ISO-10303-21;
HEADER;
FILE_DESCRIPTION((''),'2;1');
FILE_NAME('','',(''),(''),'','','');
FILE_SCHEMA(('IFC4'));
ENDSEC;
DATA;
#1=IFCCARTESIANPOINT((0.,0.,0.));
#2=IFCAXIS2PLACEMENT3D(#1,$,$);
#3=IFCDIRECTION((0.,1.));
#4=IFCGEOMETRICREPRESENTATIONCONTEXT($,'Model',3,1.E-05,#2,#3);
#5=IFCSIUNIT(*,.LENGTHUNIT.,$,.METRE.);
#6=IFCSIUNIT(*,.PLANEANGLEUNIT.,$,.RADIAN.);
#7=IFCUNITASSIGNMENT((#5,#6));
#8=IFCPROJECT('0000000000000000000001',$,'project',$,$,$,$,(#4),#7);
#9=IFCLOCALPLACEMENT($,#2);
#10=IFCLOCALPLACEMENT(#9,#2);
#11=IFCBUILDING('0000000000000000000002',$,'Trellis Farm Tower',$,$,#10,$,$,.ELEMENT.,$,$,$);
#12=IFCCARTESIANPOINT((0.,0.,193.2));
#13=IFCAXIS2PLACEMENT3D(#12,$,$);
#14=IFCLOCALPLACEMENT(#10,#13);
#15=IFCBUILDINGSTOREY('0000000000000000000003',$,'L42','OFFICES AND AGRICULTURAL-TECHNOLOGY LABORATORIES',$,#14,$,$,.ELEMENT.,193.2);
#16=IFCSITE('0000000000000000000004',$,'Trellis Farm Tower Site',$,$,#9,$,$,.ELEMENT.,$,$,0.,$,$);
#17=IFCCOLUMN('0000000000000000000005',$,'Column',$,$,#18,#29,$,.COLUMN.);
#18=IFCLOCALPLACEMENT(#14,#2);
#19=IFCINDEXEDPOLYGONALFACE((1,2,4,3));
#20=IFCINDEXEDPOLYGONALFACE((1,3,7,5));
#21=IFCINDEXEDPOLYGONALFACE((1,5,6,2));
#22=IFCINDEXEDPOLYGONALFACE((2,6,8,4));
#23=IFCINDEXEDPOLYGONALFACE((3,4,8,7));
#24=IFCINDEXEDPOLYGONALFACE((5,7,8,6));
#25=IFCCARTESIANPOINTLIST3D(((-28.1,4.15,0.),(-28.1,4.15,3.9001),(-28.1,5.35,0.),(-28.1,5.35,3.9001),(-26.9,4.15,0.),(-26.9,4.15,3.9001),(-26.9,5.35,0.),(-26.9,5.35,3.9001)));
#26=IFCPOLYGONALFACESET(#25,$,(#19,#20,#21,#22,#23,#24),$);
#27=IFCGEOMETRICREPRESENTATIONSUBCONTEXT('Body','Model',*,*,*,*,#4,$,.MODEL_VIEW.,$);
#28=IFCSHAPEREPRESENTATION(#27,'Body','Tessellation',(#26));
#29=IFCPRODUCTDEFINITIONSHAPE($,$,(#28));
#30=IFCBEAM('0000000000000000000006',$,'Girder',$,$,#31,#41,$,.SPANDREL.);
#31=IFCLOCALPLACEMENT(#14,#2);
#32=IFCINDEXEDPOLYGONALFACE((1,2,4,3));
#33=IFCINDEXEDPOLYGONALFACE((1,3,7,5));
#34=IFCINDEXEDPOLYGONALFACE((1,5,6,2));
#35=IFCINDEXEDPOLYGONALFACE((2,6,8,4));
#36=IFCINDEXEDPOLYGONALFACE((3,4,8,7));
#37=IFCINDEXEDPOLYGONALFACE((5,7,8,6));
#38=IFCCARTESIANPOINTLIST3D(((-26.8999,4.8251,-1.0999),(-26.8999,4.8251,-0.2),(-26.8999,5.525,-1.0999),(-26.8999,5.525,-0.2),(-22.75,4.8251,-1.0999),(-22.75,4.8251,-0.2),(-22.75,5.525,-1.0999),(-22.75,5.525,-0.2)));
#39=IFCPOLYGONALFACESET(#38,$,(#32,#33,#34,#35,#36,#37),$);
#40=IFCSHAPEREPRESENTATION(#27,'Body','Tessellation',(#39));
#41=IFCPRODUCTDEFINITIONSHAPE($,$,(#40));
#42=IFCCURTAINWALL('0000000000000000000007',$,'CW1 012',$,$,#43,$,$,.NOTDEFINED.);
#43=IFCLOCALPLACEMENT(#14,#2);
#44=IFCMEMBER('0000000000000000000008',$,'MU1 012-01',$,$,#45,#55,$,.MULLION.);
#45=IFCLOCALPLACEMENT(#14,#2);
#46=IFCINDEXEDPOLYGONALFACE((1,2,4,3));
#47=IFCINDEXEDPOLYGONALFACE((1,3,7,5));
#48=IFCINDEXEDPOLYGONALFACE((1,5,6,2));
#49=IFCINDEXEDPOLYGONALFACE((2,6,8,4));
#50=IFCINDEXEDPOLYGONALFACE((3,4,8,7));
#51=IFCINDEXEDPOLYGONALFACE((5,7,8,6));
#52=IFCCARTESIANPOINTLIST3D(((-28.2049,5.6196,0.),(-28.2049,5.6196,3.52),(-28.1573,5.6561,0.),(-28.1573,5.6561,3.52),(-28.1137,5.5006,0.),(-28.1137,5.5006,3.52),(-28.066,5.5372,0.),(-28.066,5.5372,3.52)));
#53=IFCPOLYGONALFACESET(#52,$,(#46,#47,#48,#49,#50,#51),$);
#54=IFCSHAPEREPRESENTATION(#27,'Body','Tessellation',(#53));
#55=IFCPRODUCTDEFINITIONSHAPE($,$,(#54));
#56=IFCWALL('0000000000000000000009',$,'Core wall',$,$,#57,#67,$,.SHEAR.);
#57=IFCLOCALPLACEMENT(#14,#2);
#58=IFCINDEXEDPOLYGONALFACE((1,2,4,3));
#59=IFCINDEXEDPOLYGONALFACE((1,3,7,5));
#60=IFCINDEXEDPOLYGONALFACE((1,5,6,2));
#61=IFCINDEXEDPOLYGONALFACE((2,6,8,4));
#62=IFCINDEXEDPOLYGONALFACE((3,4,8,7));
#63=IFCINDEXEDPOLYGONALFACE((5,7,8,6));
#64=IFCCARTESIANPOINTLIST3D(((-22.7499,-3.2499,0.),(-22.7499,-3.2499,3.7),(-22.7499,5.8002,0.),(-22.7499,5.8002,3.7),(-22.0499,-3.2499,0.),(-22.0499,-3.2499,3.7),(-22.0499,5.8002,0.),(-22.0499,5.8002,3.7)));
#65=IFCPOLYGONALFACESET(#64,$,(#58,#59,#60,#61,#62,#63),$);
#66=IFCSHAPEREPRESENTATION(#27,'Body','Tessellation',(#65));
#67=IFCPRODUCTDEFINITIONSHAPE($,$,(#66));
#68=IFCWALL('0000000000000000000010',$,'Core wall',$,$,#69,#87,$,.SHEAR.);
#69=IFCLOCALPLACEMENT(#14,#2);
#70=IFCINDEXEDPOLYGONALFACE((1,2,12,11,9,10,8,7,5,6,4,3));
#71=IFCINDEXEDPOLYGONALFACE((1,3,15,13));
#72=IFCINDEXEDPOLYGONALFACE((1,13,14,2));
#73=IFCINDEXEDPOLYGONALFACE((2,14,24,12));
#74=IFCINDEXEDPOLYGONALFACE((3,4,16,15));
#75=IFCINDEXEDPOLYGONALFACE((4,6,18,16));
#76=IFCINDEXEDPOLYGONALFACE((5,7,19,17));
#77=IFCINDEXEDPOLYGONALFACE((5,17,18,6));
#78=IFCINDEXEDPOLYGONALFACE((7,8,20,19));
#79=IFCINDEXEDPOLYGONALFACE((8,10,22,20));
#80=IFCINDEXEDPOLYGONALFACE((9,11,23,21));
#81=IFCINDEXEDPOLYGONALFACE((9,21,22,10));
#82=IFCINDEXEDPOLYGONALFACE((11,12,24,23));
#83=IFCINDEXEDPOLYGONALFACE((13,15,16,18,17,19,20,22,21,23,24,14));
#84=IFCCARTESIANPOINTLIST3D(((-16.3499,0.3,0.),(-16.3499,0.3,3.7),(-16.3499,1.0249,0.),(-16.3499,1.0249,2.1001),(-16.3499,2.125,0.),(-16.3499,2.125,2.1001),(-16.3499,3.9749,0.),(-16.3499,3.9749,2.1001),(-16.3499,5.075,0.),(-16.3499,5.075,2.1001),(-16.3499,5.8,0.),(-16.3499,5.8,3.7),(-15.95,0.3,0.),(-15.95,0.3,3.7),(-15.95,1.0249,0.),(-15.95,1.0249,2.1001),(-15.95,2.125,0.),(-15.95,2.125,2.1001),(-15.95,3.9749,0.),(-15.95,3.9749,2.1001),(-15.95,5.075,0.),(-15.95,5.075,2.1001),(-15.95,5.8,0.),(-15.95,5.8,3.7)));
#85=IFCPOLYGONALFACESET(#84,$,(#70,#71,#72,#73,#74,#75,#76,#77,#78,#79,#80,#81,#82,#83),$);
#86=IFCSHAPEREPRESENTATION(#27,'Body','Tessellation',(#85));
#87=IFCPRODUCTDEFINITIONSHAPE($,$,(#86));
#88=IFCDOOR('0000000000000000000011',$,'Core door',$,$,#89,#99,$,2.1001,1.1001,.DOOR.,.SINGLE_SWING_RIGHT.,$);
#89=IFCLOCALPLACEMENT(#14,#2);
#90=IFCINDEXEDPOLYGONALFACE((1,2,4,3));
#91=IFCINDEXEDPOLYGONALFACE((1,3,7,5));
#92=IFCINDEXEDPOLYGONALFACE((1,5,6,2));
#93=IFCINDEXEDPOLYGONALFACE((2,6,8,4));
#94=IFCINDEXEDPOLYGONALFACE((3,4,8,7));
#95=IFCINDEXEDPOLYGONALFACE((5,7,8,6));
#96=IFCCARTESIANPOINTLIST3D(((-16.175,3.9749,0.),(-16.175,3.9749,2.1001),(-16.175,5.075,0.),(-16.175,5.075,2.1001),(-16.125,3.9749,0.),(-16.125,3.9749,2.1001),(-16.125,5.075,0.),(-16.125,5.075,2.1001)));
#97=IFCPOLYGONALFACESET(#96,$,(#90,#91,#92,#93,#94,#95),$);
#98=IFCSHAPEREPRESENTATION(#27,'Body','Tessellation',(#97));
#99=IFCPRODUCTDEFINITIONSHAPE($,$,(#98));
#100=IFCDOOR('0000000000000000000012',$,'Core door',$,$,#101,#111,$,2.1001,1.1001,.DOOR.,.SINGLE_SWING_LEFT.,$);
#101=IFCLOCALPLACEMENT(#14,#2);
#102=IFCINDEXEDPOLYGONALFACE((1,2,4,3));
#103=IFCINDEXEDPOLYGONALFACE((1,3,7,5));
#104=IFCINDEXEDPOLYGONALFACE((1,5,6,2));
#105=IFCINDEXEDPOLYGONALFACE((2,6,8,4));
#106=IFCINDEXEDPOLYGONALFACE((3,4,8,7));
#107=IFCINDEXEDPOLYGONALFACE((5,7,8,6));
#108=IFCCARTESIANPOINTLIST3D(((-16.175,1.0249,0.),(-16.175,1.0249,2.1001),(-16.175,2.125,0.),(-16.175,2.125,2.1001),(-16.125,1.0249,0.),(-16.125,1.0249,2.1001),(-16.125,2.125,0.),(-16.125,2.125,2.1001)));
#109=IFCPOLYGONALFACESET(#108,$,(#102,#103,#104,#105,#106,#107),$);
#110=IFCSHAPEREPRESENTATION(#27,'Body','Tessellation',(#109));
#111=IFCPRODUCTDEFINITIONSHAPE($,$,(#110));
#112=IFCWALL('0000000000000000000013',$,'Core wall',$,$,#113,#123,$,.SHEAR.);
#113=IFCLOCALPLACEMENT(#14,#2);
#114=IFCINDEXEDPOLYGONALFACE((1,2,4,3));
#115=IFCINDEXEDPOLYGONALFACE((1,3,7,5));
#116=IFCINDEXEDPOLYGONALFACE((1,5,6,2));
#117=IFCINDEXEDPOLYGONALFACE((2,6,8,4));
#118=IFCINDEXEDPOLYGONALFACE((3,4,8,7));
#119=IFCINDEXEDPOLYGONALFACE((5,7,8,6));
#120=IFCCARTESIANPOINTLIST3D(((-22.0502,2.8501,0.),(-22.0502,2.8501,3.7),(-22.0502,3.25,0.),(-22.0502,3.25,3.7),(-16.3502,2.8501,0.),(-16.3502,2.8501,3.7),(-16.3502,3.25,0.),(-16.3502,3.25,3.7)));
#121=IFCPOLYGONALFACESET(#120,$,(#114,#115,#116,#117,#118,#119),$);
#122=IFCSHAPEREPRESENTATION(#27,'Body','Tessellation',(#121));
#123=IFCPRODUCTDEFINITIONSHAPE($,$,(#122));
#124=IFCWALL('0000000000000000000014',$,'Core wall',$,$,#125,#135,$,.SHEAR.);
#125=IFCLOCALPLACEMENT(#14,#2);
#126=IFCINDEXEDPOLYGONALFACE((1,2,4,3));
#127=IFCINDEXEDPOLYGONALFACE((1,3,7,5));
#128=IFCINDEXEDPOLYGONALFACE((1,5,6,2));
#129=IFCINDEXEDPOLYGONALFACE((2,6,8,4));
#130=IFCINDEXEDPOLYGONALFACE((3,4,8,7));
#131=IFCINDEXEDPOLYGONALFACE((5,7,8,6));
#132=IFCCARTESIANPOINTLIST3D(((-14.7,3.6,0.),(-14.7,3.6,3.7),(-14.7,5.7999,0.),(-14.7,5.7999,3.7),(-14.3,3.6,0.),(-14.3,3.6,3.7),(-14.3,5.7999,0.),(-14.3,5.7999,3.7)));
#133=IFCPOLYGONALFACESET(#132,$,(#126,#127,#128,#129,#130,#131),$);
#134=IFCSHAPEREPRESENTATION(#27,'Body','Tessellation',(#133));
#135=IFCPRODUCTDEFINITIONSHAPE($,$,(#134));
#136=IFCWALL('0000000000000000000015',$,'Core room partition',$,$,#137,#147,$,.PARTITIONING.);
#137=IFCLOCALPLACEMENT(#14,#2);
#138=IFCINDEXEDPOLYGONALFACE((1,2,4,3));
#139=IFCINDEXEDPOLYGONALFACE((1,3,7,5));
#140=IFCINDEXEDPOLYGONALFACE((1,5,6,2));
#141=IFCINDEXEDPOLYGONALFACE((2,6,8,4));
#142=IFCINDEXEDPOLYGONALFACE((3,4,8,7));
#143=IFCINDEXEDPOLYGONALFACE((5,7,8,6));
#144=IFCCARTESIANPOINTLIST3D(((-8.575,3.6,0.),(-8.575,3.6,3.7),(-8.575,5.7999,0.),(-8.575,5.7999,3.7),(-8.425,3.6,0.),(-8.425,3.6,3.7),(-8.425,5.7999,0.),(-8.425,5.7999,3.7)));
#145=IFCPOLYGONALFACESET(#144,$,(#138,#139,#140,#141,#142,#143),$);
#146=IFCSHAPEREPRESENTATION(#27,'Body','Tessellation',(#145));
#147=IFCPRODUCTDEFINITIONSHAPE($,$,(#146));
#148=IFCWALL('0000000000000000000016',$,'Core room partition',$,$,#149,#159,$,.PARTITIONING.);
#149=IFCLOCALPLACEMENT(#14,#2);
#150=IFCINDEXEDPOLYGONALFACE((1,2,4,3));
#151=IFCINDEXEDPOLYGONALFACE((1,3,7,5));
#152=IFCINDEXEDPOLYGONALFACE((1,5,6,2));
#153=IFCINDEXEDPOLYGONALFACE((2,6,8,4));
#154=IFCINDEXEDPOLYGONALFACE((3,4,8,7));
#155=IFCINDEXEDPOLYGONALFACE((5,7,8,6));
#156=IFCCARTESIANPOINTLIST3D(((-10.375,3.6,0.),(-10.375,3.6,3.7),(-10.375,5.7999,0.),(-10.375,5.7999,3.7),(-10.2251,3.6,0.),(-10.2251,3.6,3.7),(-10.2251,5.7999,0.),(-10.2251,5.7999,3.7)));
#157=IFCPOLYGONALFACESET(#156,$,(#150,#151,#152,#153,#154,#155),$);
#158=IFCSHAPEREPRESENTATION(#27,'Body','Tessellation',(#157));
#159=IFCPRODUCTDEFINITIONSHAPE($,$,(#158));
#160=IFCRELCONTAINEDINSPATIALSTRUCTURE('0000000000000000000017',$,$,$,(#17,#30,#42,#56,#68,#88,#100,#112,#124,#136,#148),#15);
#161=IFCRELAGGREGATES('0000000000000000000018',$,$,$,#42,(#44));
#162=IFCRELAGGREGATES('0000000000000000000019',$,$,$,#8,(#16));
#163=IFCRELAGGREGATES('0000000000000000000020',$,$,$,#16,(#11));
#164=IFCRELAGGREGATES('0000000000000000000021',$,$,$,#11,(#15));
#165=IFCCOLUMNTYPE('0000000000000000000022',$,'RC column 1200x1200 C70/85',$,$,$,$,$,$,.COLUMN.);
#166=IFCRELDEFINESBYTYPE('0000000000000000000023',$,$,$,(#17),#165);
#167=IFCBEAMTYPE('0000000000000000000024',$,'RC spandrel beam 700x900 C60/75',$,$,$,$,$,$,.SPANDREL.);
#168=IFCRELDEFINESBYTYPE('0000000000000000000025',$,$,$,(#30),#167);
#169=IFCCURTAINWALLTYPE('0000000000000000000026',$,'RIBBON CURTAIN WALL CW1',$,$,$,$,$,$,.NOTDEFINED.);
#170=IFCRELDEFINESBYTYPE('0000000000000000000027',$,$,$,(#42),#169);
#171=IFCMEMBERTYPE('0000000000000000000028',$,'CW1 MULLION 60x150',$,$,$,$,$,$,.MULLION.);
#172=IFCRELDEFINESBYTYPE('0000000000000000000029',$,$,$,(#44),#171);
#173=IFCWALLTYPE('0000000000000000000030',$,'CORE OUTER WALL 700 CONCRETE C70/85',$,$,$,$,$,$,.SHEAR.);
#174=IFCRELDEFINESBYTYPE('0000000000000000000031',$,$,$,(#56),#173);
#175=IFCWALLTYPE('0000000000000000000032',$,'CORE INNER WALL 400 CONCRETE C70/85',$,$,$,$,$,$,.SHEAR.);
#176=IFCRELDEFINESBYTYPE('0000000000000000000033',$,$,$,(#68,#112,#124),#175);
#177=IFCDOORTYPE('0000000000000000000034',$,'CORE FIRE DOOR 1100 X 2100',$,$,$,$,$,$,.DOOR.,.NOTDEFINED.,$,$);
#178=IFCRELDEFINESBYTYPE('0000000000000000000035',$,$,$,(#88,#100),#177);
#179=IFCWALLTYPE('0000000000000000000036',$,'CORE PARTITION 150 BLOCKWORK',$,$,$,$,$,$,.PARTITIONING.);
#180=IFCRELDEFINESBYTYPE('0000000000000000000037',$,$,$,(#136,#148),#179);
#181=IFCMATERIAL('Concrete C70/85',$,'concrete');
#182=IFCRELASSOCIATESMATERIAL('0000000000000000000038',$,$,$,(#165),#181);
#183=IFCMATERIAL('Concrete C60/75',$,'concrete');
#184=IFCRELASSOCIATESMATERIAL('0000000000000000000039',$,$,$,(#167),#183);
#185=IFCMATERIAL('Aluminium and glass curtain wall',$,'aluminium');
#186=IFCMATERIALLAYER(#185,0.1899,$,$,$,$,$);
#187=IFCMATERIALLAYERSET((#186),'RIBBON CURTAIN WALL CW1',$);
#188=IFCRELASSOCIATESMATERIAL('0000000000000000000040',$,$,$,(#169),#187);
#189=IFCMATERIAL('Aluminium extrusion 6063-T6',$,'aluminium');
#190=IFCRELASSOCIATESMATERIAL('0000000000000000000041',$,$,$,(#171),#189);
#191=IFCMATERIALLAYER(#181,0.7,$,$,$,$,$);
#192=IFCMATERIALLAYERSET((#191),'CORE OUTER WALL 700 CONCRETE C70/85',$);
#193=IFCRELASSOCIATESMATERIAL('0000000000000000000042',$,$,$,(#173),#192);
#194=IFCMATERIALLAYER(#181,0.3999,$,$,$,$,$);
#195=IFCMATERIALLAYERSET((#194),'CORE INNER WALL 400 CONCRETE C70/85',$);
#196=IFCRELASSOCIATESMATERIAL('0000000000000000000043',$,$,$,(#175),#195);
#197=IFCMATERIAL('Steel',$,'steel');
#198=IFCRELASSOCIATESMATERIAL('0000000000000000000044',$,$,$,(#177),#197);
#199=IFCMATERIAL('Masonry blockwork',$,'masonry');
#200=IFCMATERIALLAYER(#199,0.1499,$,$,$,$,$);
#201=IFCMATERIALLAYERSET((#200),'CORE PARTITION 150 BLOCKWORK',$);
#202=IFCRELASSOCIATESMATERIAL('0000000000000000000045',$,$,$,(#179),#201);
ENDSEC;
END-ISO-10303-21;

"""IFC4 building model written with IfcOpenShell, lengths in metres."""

from ifc_helpers import new_model, si_unit, direction, frame, frame_2d, origin, origin_2d, place, context, subcontext, project, spatial, rectangle, extrude, source, transform, mapped, material, layer, layer_set, material_profile, profile_set, type_object, element, fill, aggregate, save


model = new_model("IFC4")

# Units and contexts
model_context = context("Model", 3, precision=1e-05, world=origin(), true_north=direction((0.0, 1.0)))
body_context = subcontext(model_context, "Body", "Model", "MODEL_VIEW")
ifc_project = project(units=[si_unit("LENGTHUNIT", "METRE"), si_unit("PLANEANGLEUNIT", "RADIAN")], contexts=[model_context])

# Site, building, storey
site_placement = place(None, origin())
site = spatial("IfcSite", under=ifc_project, at=site_placement, Name="Trellis Farm Tower Site", CompositionType="ELEMENT", RefElevation=0.0)
building_placement = place(site_placement, origin())
building = spatial("IfcBuilding", under=site, at=building_placement, Name="Trellis Farm Tower", CompositionType="ELEMENT")
storey_placement = place(building_placement, frame((0.0, 0.0, 193.2)))
storey = spatial("IfcBuildingStorey", under=building, at=storey_placement, Name="L42", Description="OFFICES AND AGRICULTURAL-TECHNOLOGY LABORATORIES", CompositionType="ELEMENT", Elevation=193.2)

# Column
ifc_material_1 = material(Name="Concrete C70/85", Category="concrete")
ifc_material_profile_1 = material_profile(ifc_material_1, rectangle(XDim=1.2, YDim=1.2, at=origin_2d()), Name="RC column 1200x1200 C70/85")
ifc_profile_set_1 = profile_set([ifc_material_profile_1], Name="Concrete C70/85")
column_type = type_object("IfcColumnType", Name="RC column 1200x1200 C70/85", PredefinedType="COLUMN", material=ifc_profile_set_1)
shared_shape_1 = source(origin(), body_context, "Body", "SweptSolid", [
    extrude(rectangle(XDim=1.2, YDim=1.2, at=origin_2d()), origin(), (0.0, 0.0, 1.0), 3.9001),
])
column_placement = place(storey_placement, frame((-27.5, 4.75, 0.0), z_axis=(0.0, 0.0, 1.0), x_axis=(1.0, 0.0, 0.0)))
element("IfcColumn", 1, at=column_placement, inside=storey, type_object=column_type, Name="Column", PredefinedType="COLUMN", context=body_context, shape_type="MappedRepresentation", body=[
    mapped(shared_shape_1, transform((0.0, 0.0, 0.0))),
])

# Beam
ifc_material_2 = material(Name="Concrete C60/75", Category="concrete")
ifc_material_profile_2 = material_profile(ifc_material_2, rectangle(XDim=0.7, YDim=0.8999, at=origin_2d()), Name="RC spandrel beam 700x900 C60/75")
ifc_profile_set_2 = profile_set([ifc_material_profile_2], Name="Concrete C60/75")
beam_type = type_object("IfcBeamType", Name="RC spandrel beam 700x900 C60/75", PredefinedType="SPANDREL", material=ifc_profile_set_2)
shared_shape_2 = source(origin(), body_context, "Body", "SweptSolid", [
    extrude(rectangle(XDim=0.7, YDim=0.8999, at=origin_2d()), origin(), (0.0, 0.0, 1.0), 4.1499),
])
beam_placement = place(storey_placement, frame((-26.8999, 5.175, -0.6499), z_axis=(1.0, 0.0, 0.0), x_axis=(0.0, 1.0, 0.0)))
element("IfcBeam", 2, at=beam_placement, inside=storey, type_object=beam_type, Name="Girder", PredefinedType="SPANDREL", context=body_context, shape_type="MappedRepresentation", body=[
    mapped(shared_shape_2, transform((0.0, 0.0, 0.0))),
])

# Curtain wall, member
ifc_material_3 = material(Name="Aluminium and glass curtain wall", Category="aluminium")
ifc_layer_1 = layer(ifc_material_3, 0.1899)
ifc_layer_set_1 = layer_set([ifc_layer_1], Name="RIBBON CURTAIN WALL CW1")
curtain_wall_type = type_object("IfcCurtainWallType", Name="RIBBON CURTAIN WALL CW1", PredefinedType="NOTDEFINED", material=ifc_layer_set_1)
placement = place(storey_placement, origin())
curtain_wall = element("IfcCurtainWall", 3, at=placement, inside=storey, type_object=curtain_wall_type, Name="CW1 012", PredefinedType="NOTDEFINED")
ifc_material_4 = material(Name="Aluminium extrusion 6063-T6", Category="aluminium")
ifc_material_profile_3 = material_profile(ifc_material_4, rectangle(XDim=0.0601, YDim=0.1499, at=origin_2d()), Name="MULLION 60x150")
ifc_profile_set_3 = profile_set([ifc_material_profile_3], Name="Aluminium extrusion 6063-T6")
member_type = type_object("IfcMemberType", Name="CW1 MULLION 60x150", PredefinedType="MULLION", material=ifc_profile_set_3)
shared_shape_3 = source(origin(), body_context, "Body", "SweptSolid", [
    extrude(rectangle(XDim=0.0601, YDim=0.1499, at=origin_2d()), origin(), (0.0, 0.0, 1.0), 3.52),
])
member_placement = place(storey_placement, frame((-28.1355, 5.5784, 0.0), z_axis=(0.0, 0.0, 1.0), x_axis=(-0.793353, -0.608761, 0.0)))
member = element("IfcMember", 4, at=member_placement, type_object=member_type, Name="MU1 012-01", PredefinedType="MULLION", context=body_context, shape_type="MappedRepresentation", body=[
    mapped(shared_shape_3, transform((0.0, 0.0, 0.0))),
])
aggregate(curtain_wall, [member])

# Wall
ifc_layer_2 = layer(ifc_material_1, 0.7)
ifc_layer_set_2 = layer_set([ifc_layer_2], Name="CORE OUTER WALL 700 CONCRETE C70/85")
wall_type_1 = type_object("IfcWallType", Name="CORE OUTER WALL 700 CONCRETE C70/85", PredefinedType="SHEAR", material=ifc_layer_set_2)
shared_shape_4 = source(origin(), body_context, "Body", "SweptSolid", [
    extrude(rectangle(XDim=9.05, YDim=0.7, at=frame_2d((4.5249, 0.0))), origin(), (0.0, 0.0, 1.0), 3.7),
])
wall_1_placement = place(storey_placement, frame((-22.3999, 5.8, 0.0), z_axis=(0.0, 0.0, 1.0), x_axis=(0.0, -1.0, 0.0)))
element("IfcWall", 5, at=wall_1_placement, inside=storey, type_object=wall_type_1, Name="Core wall", PredefinedType="SHEAR", context=body_context, shape_type="MappedRepresentation", body=[
    mapped(shared_shape_4, transform((0.0, 0.0, 0.0))),
])

# Wall, openings, doors
ifc_layer_3 = layer(ifc_material_1, 0.3999)
ifc_layer_set_3 = layer_set([ifc_layer_3], Name="CORE INNER WALL 400 CONCRETE C70/85")
wall_type_2 = type_object("IfcWallType", Name="CORE INNER WALL 400 CONCRETE C70/85", PredefinedType="SHEAR", material=ifc_layer_set_3)
shared_shape_5 = source(origin(), body_context, "Body", "SweptSolid", [
    extrude(rectangle(XDim=5.5, YDim=0.3999, at=frame_2d((2.75, 0.0))), origin(), (0.0, 0.0, 1.0), 3.7),
])
wall_2_placement = place(storey_placement, frame((-16.1499, 5.8, 0.0), z_axis=(0.0, 0.0, 1.0), x_axis=(0.0, -1.0, 0.0)))
wall_2 = element("IfcWall", 6, at=wall_2_placement, inside=storey, type_object=wall_type_2, Name="Core wall", PredefinedType="SHEAR", context=body_context, shape_type="MappedRepresentation", body=[
    mapped(shared_shape_5, transform((0.0, 0.0, 0.0))),
])
shared_shape_6 = source(origin(), body_context, "Body", "SweptSolid", [
    extrude(rectangle(XDim=1.1001, YDim=2.1001, at=frame_2d((0.55, 1.05))), frame((0.0, 0.21, 0.0), z_axis=(0.0, -1.0, 0.0), x_axis=(1.0, 0.0, 0.0)), (0.0, 0.0, 1.0), 0.4199),
])
opening_1_placement = place(wall_2_placement, frame((0.7251, 0.0, 0.0)))
opening_1 = element("IfcOpeningElement", 7, at=opening_1_placement, cuts=wall_2, PredefinedType="OPENING", context=body_context, shape_type="MappedRepresentation", body=[
    mapped(shared_shape_6, transform((0.0, 0.0, 0.0))),
])
opening_2_placement = place(wall_2_placement, frame((3.675, 0.0, 0.0)))
opening_2 = element("IfcOpeningElement", 8, at=opening_2_placement, cuts=wall_2, PredefinedType="OPENING", context=body_context, shape_type="MappedRepresentation", body=[
    mapped(shared_shape_6, transform((0.0, 0.0, 0.0))),
])
ifc_material_5 = material(Name="Steel", Category="steel")
door_type = type_object("IfcDoorType", Name="CORE FIRE DOOR 1100 X 2100", OperationType="NOTDEFINED", PredefinedType="DOOR", material=ifc_material_5)
shared_shape_7 = source(origin(), body_context, "Body", "SweptSolid", [
    extrude(rectangle(XDim=1.1001, YDim=2.1001, at=frame_2d((0.55, 1.05))), frame((0.0, 0.0249, 0.0), z_axis=(0.0, -1.0, 0.0), x_axis=(1.0, 0.0, 0.0)), (0.0, 0.0, 1.0), 0.05),
])
door_1_placement = place(opening_1_placement, origin())
door_1 = element("IfcDoor", 9, at=door_1_placement, inside=storey, type_object=door_type, Name="Core door", OperationType="SINGLE_SWING_RIGHT", OverallHeight=2.1001, OverallWidth=1.1001, PredefinedType="DOOR", context=body_context, shape_type="MappedRepresentation", body=[
    mapped(shared_shape_7, transform((0.0, 0.0, 0.0))),
])
fill(opening_1, door_1)
door_2_placement = place(opening_2_placement, origin())
door_2 = element("IfcDoor", 10, at=door_2_placement, inside=storey, type_object=door_type, Name="Core door", OperationType="SINGLE_SWING_LEFT", OverallHeight=2.1001, OverallWidth=1.1001, PredefinedType="DOOR", context=body_context, shape_type="MappedRepresentation", body=[
    mapped(shared_shape_7, transform((0.0, 0.0, 0.0))),
])
fill(opening_2, door_2)

# Walls
shared_shape_8 = source(origin(), body_context, "Body", "SweptSolid", [
    extrude(rectangle(XDim=5.7, YDim=0.3999, at=frame_2d((2.8501, 0.0))), origin(), (0.0, 0.0, 1.0), 3.7),
])
wall_3_placement = place(storey_placement, frame((-16.3501, 3.05, 0.0), z_axis=(0.0, 0.0, 1.0), x_axis=(-1.0, 0.0, 0.0)))
element("IfcWall", 11, at=wall_3_placement, inside=storey, type_object=wall_type_2, Name="Core wall", PredefinedType="SHEAR", context=body_context, shape_type="MappedRepresentation", body=[
    mapped(shared_shape_8, transform((0.0, 0.0, 0.0))),
])
shared_shape_9 = source(origin(), body_context, "Body", "SweptSolid", [
    extrude(rectangle(XDim=2.2, YDim=0.3999, at=frame_2d((1.1001, 0.0))), origin(), (0.0, 0.0, 1.0), 3.7),
])
wall_4_placement = place(storey_placement, frame((-14.5, 5.8, 0.0), z_axis=(0.0, 0.0, 1.0), x_axis=(0.0, -1.0, 0.0)))
element("IfcWall", 12, at=wall_4_placement, inside=storey, type_object=wall_type_2, Name="Core wall", PredefinedType="SHEAR", context=body_context, shape_type="MappedRepresentation", body=[
    mapped(shared_shape_9, transform((0.0, 0.0, 0.0))),
])
ifc_material_6 = material(Name="Masonry blockwork", Category="masonry")
ifc_layer_4 = layer(ifc_material_6, 0.1499)
ifc_layer_set_4 = layer_set([ifc_layer_4], Name="CORE PARTITION 150 BLOCKWORK")
wall_type_3 = type_object("IfcWallType", Name="CORE PARTITION 150 BLOCKWORK", PredefinedType="PARTITIONING", material=ifc_layer_set_4)
shared_shape_10 = source(origin(), body_context, "Body", "SweptSolid", [
    extrude(rectangle(XDim=2.2, YDim=0.1499, at=frame_2d((1.1001, 0.0))), origin(), (0.0, 0.0, 1.0), 3.7),
])
for number, where, z_axis, x_axis, name in (
    (13, (-8.5, 5.8, 0.0), (0.0, 0.0, 1.0), (0.0, -1.0, 0.0), "Core room partition"),
    (14, (-10.3, 5.8, 0.0), (0.0, 0.0, 1.0), (0.0, -1.0, 0.0), "Core room partition"),
):
    element("IfcWall", number, at=place(storey_placement, frame(where, z_axis=z_axis, x_axis=x_axis)), inside=storey, type_object=wall_type_3, Name=name, PredefinedType="PARTITIONING", context=body_context, shape_type="MappedRepresentation", body=[
        mapped(shared_shape_10, transform((0.0, 0.0, 0.0))),
    ])

save(model, "model.ifc")
